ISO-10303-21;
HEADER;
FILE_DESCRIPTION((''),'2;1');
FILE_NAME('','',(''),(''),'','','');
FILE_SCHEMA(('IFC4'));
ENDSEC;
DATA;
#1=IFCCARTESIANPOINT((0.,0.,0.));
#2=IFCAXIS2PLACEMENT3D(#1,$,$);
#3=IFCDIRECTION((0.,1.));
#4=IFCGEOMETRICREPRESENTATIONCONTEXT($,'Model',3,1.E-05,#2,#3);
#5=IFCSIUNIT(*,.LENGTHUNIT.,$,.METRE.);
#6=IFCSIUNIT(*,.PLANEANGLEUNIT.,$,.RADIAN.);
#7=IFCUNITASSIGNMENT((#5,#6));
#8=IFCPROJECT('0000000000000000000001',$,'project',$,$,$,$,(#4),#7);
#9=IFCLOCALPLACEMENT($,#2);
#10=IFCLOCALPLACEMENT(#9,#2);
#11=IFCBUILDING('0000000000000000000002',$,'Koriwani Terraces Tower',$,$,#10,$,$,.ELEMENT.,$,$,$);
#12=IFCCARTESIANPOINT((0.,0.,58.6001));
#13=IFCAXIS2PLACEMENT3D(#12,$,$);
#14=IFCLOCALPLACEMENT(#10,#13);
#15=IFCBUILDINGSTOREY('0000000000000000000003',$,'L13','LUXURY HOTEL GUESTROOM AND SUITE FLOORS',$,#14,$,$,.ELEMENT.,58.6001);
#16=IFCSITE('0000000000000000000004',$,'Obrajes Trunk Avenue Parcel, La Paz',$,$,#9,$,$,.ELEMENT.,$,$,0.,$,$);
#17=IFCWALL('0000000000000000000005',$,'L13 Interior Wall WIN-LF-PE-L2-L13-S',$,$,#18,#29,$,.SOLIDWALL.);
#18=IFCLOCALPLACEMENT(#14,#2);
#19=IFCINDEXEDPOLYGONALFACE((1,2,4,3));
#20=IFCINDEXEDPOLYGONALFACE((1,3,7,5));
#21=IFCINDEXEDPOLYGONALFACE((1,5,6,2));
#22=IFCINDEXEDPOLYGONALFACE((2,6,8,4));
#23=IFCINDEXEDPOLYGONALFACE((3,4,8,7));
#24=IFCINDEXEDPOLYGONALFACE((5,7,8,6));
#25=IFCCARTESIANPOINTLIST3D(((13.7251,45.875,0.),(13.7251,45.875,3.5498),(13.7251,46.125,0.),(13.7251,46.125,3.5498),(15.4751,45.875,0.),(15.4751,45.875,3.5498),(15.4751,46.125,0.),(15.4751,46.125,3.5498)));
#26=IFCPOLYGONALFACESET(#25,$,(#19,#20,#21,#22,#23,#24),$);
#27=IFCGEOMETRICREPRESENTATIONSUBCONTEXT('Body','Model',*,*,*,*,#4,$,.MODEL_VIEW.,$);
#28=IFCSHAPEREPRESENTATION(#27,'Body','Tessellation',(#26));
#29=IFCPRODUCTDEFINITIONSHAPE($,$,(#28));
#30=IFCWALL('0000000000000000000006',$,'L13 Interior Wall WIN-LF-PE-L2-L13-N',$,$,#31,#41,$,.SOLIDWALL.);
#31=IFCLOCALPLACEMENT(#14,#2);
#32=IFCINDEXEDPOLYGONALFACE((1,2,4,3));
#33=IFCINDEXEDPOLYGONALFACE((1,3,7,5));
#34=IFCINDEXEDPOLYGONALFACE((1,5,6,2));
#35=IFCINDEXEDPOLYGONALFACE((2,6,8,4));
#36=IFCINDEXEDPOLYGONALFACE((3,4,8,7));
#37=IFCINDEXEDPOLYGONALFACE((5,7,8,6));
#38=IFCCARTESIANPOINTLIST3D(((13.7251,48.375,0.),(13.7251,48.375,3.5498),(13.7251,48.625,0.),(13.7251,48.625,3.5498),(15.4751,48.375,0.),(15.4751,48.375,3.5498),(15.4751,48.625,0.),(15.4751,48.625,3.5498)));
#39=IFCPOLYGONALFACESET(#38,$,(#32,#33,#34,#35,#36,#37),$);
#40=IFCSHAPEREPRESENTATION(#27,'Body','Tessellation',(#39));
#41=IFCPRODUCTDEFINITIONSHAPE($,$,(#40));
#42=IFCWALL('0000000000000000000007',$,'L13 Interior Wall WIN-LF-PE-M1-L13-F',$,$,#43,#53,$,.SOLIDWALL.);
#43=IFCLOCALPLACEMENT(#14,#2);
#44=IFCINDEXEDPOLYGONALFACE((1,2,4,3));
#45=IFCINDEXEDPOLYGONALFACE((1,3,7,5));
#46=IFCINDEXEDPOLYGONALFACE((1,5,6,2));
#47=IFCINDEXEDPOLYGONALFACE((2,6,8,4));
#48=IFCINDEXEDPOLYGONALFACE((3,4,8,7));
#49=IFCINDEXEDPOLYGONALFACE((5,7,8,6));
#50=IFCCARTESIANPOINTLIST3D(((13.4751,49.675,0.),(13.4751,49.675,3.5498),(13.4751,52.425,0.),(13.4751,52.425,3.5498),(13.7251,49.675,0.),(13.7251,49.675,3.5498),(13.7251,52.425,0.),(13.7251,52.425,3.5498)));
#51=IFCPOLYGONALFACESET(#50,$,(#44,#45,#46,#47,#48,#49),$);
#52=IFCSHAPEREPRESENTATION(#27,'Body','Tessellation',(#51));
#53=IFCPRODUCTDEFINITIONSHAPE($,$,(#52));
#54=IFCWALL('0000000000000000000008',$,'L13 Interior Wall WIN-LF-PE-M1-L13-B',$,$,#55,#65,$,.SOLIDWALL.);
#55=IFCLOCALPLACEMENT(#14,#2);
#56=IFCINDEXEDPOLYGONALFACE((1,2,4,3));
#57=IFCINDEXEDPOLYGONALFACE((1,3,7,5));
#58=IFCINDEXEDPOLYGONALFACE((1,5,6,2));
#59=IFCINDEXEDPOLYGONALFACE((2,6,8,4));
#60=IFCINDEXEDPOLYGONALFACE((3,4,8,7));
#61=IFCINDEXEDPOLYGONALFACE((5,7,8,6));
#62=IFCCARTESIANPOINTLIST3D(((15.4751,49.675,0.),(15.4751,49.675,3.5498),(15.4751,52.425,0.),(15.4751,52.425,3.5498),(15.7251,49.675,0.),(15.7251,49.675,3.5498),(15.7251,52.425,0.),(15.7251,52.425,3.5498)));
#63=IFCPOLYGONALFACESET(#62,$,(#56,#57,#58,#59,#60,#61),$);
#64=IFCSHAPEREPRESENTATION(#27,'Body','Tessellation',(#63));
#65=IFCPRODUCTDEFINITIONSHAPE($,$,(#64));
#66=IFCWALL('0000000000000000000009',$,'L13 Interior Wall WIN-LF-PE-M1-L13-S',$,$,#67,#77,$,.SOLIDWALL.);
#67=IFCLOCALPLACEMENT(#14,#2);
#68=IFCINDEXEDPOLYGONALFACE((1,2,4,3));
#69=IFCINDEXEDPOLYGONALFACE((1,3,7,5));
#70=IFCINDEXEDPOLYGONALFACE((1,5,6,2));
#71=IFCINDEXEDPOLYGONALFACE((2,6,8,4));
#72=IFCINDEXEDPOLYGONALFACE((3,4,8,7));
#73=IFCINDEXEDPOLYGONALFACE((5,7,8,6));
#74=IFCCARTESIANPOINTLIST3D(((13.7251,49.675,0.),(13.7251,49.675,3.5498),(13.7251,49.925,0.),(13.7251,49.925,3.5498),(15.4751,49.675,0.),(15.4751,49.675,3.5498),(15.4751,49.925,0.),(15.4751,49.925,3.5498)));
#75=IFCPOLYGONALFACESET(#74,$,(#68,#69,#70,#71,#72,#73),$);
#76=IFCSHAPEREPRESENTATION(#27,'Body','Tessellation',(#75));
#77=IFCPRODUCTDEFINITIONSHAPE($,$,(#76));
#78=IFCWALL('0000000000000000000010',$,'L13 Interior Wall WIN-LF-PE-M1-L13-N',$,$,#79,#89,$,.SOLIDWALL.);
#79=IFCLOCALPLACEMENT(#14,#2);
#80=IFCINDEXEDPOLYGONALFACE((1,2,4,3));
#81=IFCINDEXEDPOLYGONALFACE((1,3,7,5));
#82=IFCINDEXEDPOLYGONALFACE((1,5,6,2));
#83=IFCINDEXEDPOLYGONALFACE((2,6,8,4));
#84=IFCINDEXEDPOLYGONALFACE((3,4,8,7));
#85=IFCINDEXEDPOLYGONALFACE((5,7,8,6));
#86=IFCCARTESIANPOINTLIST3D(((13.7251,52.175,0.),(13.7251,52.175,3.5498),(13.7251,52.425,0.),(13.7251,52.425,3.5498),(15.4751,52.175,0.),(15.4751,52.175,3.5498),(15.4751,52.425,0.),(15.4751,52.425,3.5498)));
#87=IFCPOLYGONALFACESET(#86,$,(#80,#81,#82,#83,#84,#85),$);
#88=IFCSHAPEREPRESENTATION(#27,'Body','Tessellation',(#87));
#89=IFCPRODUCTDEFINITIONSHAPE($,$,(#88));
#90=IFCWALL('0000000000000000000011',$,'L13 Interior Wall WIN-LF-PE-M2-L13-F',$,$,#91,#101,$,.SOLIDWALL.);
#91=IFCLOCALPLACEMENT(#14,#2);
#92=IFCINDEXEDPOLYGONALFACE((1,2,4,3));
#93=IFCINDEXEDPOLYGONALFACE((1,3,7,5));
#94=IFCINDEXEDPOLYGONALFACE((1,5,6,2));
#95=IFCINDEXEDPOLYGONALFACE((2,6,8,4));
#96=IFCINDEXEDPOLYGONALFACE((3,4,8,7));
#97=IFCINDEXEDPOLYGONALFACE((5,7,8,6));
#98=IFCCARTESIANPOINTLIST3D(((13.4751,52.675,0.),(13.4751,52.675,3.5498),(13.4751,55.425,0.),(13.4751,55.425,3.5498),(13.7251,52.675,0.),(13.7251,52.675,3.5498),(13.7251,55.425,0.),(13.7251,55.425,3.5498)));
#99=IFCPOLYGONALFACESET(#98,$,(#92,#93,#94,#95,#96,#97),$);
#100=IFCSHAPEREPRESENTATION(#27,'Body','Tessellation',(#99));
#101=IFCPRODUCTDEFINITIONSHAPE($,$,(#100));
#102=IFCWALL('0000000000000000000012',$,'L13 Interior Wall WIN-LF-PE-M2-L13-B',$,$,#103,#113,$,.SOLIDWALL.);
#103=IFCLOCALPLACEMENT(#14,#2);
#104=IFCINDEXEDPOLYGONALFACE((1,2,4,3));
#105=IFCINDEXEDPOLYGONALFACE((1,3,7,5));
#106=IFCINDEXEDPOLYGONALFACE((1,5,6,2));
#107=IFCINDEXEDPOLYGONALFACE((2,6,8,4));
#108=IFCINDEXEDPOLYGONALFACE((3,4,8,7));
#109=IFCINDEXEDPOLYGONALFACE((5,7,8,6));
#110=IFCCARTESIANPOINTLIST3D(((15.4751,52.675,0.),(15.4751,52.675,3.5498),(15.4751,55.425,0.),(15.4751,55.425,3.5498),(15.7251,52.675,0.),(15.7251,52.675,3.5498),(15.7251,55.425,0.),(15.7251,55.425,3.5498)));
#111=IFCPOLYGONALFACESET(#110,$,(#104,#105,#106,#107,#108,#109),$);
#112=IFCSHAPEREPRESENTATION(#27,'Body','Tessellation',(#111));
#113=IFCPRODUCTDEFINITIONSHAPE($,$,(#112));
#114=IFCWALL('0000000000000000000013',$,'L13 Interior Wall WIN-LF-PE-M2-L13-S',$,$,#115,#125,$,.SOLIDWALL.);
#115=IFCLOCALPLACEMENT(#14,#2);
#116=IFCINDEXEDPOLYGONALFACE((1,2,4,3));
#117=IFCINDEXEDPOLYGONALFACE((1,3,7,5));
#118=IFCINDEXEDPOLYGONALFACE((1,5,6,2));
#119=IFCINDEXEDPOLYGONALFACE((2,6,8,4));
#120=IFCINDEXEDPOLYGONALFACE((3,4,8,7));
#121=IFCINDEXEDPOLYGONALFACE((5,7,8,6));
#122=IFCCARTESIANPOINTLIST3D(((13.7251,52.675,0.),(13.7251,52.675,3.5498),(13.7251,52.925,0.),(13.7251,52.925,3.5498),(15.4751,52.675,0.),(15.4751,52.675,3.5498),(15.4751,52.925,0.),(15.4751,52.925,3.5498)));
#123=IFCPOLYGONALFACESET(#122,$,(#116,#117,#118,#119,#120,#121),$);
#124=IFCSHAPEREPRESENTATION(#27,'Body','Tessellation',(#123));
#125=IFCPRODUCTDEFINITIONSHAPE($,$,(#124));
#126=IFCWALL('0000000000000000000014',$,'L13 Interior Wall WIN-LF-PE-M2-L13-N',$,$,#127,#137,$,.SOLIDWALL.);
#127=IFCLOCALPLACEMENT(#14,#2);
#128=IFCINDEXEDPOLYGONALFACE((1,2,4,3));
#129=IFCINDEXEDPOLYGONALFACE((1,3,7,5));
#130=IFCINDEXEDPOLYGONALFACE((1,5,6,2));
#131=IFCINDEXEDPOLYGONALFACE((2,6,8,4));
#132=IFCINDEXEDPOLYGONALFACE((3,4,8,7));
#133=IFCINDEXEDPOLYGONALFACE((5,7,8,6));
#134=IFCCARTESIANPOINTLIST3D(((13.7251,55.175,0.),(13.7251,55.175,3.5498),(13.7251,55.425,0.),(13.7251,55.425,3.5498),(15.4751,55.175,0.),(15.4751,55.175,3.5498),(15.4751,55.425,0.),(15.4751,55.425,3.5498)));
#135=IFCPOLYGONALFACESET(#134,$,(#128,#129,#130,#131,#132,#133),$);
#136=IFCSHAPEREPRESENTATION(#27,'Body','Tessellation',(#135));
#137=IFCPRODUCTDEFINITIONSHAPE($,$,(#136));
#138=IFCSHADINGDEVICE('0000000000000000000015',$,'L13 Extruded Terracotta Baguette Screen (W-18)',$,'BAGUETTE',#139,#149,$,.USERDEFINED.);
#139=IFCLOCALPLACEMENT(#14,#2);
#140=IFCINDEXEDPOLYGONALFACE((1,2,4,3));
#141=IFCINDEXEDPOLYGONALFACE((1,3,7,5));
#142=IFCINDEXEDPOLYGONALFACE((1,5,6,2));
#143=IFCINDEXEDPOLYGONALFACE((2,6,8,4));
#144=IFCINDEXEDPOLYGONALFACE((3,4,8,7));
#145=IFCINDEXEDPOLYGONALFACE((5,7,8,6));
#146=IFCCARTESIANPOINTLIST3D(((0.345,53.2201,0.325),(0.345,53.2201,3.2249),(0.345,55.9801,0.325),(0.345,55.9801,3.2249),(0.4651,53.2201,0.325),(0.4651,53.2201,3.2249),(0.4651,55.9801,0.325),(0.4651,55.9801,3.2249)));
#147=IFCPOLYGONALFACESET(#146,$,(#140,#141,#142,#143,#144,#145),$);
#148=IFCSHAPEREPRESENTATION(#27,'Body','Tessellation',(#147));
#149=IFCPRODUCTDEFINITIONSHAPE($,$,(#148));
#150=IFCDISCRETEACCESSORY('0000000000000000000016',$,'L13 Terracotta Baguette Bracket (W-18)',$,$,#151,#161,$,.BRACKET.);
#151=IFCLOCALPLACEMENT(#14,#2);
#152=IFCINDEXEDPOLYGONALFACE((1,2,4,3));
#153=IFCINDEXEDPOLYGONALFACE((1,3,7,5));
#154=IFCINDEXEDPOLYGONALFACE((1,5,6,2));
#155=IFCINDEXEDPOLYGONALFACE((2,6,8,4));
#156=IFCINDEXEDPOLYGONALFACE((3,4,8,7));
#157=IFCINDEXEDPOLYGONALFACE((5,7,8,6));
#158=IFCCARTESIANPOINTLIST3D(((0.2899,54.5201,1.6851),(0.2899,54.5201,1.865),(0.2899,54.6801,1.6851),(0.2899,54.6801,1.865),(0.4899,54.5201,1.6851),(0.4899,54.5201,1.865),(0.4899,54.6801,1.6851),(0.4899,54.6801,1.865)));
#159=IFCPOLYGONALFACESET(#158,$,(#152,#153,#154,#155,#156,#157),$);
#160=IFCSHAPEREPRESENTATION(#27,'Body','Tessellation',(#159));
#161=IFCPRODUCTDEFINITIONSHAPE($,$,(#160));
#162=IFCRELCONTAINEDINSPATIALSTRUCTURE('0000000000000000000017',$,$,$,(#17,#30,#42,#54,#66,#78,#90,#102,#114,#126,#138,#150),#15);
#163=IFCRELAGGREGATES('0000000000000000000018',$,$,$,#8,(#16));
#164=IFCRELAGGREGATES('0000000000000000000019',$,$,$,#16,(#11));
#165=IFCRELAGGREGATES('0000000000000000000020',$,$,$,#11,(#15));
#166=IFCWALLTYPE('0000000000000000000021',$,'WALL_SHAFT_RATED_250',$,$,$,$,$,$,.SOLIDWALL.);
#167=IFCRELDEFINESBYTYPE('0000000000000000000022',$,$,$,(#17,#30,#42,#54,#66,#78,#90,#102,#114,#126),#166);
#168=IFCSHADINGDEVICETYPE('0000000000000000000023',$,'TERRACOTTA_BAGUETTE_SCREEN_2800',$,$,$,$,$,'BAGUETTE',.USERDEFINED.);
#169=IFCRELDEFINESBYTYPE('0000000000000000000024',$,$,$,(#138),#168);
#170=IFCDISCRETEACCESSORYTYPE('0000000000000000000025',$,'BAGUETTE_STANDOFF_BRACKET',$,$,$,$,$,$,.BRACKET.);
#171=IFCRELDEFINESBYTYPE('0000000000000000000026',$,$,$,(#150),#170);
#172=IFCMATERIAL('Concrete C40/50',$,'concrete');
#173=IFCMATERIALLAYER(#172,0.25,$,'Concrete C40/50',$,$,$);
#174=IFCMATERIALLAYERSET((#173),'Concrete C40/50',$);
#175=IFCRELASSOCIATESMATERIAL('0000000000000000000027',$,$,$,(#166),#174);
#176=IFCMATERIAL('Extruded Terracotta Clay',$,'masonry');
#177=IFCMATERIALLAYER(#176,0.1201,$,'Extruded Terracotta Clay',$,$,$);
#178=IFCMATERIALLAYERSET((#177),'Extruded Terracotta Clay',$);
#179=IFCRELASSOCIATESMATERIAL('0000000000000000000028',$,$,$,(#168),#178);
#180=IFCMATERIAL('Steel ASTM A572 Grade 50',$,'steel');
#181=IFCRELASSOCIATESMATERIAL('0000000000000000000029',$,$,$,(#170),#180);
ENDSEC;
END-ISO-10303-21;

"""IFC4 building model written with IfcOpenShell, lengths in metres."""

from ifc_helpers import new_model, si_unit, direction, frame, frame_2d, origin, origin_2d, place, context, subcontext, project, spatial, rectangle, extrude, material, layer, layer_set, type_object, element, save


model = new_model("IFC4")

# Units and contexts
model_context = context("Model", 3, precision=1e-05, world=origin(), true_north=direction((0.0, 1.0)))
body_context = subcontext(model_context, "Body", "Model", "MODEL_VIEW")
ifc_project = project(units=[si_unit("LENGTHUNIT", "METRE"), si_unit("PLANEANGLEUNIT", "RADIAN")], contexts=[model_context])

# Site, building, storey
site_placement = place(None, origin())
site = spatial("IfcSite", under=ifc_project, at=site_placement, Name="Obrajes Trunk Avenue Parcel, La Paz", CompositionType="ELEMENT", RefElevation=0.0)
building_placement = place(site_placement, origin())
building = spatial("IfcBuilding", under=site, at=building_placement, Name="Koriwani Terraces Tower", CompositionType="ELEMENT")
storey_placement = place(building_placement, frame((0.0, 0.0, 58.6001)))
storey = spatial("IfcBuildingStorey", under=building, at=storey_placement, Name="L13", Description="LUXURY HOTEL GUESTROOM AND SUITE FLOORS", CompositionType="ELEMENT", Elevation=58.6001)

# Shared definitions
ifc_material_1 = material(Name="Concrete C40/50", Category="concrete")
ifc_material_2 = material(Name="Steel ASTM A572 Grade 50", Category="steel")

# Shared definitions
ifc_layer_1 = layer(ifc_material_1, 0.25, Name="Concrete C40/50")
ifc_layer_set_1 = layer_set([ifc_layer_1], Name="Concrete C40/50")
wall_type_1 = type_object("IfcWallType", Name="WALL_SHAFT_RATED_250", PredefinedType="SOLIDWALL", material=ifc_layer_set_1)

# Walls
for number, where, z_axis, x_axis, name in (
    (1, (13.7251, 46.0, 0.0), (0.0, 0.0, 1.0), (1.0, 0.0, 0.0), "L13 Interior Wall WIN-LF-PE-L2-L13-S"),
    (2, (13.7251, 48.5, 0.0), (0.0, 0.0, 1.0), (1.0, 0.0, 0.0), "L13 Interior Wall WIN-LF-PE-L2-L13-N"),
):
    element("IfcWall", number, at=place(storey_placement, frame(where, z_axis=z_axis, x_axis=x_axis)), inside=storey, type_object=wall_type_1, Name=name, PredefinedType="SOLIDWALL", context=body_context, shape_type="SweptSolid", body=[
        extrude(rectangle(XDim=1.75, YDim=0.25, at=frame_2d((0.875, 0.0))), origin(), (0.0, 0.0, 1.0), 3.5498),
    ])
for number, where, z_axis, x_axis, name in (
    (3, (13.6001, 49.675, 0.0), (0.0, 0.0, 1.0), (0.0, 1.0, 0.0), "L13 Interior Wall WIN-LF-PE-M1-L13-F"),
    (4, (15.6001, 49.675, 0.0), (0.0, 0.0, 1.0), (0.0, 1.0, 0.0), "L13 Interior Wall WIN-LF-PE-M1-L13-B"),
):
    element("IfcWall", number, at=place(storey_placement, frame(where, z_axis=z_axis, x_axis=x_axis)), inside=storey, type_object=wall_type_1, Name=name, PredefinedType="SOLIDWALL", context=body_context, shape_type="SweptSolid", body=[
        extrude(rectangle(XDim=2.75, YDim=0.25, at=frame_2d((1.375, 0.0))), origin(), (0.0, 0.0, 1.0), 3.5498),
    ])
for number, where, z_axis, x_axis, name in (
    (5, (13.7251, 49.8, 0.0), (0.0, 0.0, 1.0), (1.0, 0.0, 0.0), "L13 Interior Wall WIN-LF-PE-M1-L13-S"),
    (6, (13.7251, 52.3, 0.0), (0.0, 0.0, 1.0), (1.0, 0.0, 0.0), "L13 Interior Wall WIN-LF-PE-M1-L13-N"),
):
    element("IfcWall", number, at=place(storey_placement, frame(where, z_axis=z_axis, x_axis=x_axis)), inside=storey, type_object=wall_type_1, Name=name, PredefinedType="SOLIDWALL", context=body_context, shape_type="SweptSolid", body=[
        extrude(rectangle(XDim=1.75, YDim=0.25, at=frame_2d((0.875, 0.0))), origin(), (0.0, 0.0, 1.0), 3.5498),
    ])
for number, where, z_axis, x_axis, name in (
    (7, (13.6001, 52.675, 0.0), (0.0, 0.0, 1.0), (0.0, 1.0, 0.0), "L13 Interior Wall WIN-LF-PE-M2-L13-F"),
    (8, (15.6001, 52.675, 0.0), (0.0, 0.0, 1.0), (0.0, 1.0, 0.0), "L13 Interior Wall WIN-LF-PE-M2-L13-B"),
):
    element("IfcWall", number, at=place(storey_placement, frame(where, z_axis=z_axis, x_axis=x_axis)), inside=storey, type_object=wall_type_1, Name=name, PredefinedType="SOLIDWALL", context=body_context, shape_type="SweptSolid", body=[
        extrude(rectangle(XDim=2.75, YDim=0.25, at=frame_2d((1.375, 0.0))), origin(), (0.0, 0.0, 1.0), 3.5498),
    ])
for number, where, z_axis, x_axis, name in (
    (9, (13.7251, 52.8, 0.0), (0.0, 0.0, 1.0), (1.0, 0.0, 0.0), "L13 Interior Wall WIN-LF-PE-M2-L13-S"),
    (10, (13.7251, 55.3, 0.0), (0.0, 0.0, 1.0), (1.0, 0.0, 0.0), "L13 Interior Wall WIN-LF-PE-M2-L13-N"),
):
    element("IfcWall", number, at=place(storey_placement, frame(where, z_axis=z_axis, x_axis=x_axis)), inside=storey, type_object=wall_type_1, Name=name, PredefinedType="SOLIDWALL", context=body_context, shape_type="SweptSolid", body=[
        extrude(rectangle(XDim=1.75, YDim=0.25, at=frame_2d((0.875, 0.0))), origin(), (0.0, 0.0, 1.0), 3.5498),
    ])

# Shading device
ifc_material_3 = material(Name="Extruded Terracotta Clay", Category="masonry")
ifc_layer_2 = layer(ifc_material_3, 0.1201, Name="Extruded Terracotta Clay")
ifc_layer_set_2 = layer_set([ifc_layer_2], Name="Extruded Terracotta Clay")
shading_device_type = type_object("IfcShadingDeviceType", Name="TERRACOTTA_BAGUETTE_SCREEN_2800", ElementType="BAGUETTE", PredefinedType="USERDEFINED", material=ifc_layer_set_2)
shading_device_placement = place(storey_placement, frame((0.405, 54.6001, 0.325), z_axis=(0.0, 0.0, 1.0), x_axis=(0.0, 1.0, 0.0)))
element("IfcShadingDevice", 11, at=shading_device_placement, inside=storey, type_object=shading_device_type, Name="L13 Extruded Terracotta Baguette Screen (W-18)", ObjectType="BAGUETTE", PredefinedType="USERDEFINED", context=body_context, shape_type="SweptSolid", body=[
    extrude(rectangle(XDim=2.76, YDim=0.1201, at=origin_2d()), origin(), (0.0, 0.0, 1.0), 2.8999),
])

# Discrete accessory
discrete_accessory_type = type_object("IfcDiscreteAccessoryType", Name="BAGUETTE_STANDOFF_BRACKET", PredefinedType="BRACKET", material=ifc_material_2)
discrete_accessory_placement = place(storey_placement, frame((0.3899, 54.6001, 1.6851), z_axis=(0.0, 0.0, 1.0), x_axis=(0.0, 1.0, 0.0)))
element("IfcDiscreteAccessory", 12, at=discrete_accessory_placement, inside=storey, type_object=discrete_accessory_type, Name="L13 Terracotta Baguette Bracket (W-18)", PredefinedType="BRACKET", context=body_context, shape_type="SweptSolid", body=[
    extrude(rectangle(XDim=0.1599, YDim=0.2, at=origin_2d()), origin(), (0.0, 0.0, 1.0), 0.1799),
])

save(model, "model.ifc")
